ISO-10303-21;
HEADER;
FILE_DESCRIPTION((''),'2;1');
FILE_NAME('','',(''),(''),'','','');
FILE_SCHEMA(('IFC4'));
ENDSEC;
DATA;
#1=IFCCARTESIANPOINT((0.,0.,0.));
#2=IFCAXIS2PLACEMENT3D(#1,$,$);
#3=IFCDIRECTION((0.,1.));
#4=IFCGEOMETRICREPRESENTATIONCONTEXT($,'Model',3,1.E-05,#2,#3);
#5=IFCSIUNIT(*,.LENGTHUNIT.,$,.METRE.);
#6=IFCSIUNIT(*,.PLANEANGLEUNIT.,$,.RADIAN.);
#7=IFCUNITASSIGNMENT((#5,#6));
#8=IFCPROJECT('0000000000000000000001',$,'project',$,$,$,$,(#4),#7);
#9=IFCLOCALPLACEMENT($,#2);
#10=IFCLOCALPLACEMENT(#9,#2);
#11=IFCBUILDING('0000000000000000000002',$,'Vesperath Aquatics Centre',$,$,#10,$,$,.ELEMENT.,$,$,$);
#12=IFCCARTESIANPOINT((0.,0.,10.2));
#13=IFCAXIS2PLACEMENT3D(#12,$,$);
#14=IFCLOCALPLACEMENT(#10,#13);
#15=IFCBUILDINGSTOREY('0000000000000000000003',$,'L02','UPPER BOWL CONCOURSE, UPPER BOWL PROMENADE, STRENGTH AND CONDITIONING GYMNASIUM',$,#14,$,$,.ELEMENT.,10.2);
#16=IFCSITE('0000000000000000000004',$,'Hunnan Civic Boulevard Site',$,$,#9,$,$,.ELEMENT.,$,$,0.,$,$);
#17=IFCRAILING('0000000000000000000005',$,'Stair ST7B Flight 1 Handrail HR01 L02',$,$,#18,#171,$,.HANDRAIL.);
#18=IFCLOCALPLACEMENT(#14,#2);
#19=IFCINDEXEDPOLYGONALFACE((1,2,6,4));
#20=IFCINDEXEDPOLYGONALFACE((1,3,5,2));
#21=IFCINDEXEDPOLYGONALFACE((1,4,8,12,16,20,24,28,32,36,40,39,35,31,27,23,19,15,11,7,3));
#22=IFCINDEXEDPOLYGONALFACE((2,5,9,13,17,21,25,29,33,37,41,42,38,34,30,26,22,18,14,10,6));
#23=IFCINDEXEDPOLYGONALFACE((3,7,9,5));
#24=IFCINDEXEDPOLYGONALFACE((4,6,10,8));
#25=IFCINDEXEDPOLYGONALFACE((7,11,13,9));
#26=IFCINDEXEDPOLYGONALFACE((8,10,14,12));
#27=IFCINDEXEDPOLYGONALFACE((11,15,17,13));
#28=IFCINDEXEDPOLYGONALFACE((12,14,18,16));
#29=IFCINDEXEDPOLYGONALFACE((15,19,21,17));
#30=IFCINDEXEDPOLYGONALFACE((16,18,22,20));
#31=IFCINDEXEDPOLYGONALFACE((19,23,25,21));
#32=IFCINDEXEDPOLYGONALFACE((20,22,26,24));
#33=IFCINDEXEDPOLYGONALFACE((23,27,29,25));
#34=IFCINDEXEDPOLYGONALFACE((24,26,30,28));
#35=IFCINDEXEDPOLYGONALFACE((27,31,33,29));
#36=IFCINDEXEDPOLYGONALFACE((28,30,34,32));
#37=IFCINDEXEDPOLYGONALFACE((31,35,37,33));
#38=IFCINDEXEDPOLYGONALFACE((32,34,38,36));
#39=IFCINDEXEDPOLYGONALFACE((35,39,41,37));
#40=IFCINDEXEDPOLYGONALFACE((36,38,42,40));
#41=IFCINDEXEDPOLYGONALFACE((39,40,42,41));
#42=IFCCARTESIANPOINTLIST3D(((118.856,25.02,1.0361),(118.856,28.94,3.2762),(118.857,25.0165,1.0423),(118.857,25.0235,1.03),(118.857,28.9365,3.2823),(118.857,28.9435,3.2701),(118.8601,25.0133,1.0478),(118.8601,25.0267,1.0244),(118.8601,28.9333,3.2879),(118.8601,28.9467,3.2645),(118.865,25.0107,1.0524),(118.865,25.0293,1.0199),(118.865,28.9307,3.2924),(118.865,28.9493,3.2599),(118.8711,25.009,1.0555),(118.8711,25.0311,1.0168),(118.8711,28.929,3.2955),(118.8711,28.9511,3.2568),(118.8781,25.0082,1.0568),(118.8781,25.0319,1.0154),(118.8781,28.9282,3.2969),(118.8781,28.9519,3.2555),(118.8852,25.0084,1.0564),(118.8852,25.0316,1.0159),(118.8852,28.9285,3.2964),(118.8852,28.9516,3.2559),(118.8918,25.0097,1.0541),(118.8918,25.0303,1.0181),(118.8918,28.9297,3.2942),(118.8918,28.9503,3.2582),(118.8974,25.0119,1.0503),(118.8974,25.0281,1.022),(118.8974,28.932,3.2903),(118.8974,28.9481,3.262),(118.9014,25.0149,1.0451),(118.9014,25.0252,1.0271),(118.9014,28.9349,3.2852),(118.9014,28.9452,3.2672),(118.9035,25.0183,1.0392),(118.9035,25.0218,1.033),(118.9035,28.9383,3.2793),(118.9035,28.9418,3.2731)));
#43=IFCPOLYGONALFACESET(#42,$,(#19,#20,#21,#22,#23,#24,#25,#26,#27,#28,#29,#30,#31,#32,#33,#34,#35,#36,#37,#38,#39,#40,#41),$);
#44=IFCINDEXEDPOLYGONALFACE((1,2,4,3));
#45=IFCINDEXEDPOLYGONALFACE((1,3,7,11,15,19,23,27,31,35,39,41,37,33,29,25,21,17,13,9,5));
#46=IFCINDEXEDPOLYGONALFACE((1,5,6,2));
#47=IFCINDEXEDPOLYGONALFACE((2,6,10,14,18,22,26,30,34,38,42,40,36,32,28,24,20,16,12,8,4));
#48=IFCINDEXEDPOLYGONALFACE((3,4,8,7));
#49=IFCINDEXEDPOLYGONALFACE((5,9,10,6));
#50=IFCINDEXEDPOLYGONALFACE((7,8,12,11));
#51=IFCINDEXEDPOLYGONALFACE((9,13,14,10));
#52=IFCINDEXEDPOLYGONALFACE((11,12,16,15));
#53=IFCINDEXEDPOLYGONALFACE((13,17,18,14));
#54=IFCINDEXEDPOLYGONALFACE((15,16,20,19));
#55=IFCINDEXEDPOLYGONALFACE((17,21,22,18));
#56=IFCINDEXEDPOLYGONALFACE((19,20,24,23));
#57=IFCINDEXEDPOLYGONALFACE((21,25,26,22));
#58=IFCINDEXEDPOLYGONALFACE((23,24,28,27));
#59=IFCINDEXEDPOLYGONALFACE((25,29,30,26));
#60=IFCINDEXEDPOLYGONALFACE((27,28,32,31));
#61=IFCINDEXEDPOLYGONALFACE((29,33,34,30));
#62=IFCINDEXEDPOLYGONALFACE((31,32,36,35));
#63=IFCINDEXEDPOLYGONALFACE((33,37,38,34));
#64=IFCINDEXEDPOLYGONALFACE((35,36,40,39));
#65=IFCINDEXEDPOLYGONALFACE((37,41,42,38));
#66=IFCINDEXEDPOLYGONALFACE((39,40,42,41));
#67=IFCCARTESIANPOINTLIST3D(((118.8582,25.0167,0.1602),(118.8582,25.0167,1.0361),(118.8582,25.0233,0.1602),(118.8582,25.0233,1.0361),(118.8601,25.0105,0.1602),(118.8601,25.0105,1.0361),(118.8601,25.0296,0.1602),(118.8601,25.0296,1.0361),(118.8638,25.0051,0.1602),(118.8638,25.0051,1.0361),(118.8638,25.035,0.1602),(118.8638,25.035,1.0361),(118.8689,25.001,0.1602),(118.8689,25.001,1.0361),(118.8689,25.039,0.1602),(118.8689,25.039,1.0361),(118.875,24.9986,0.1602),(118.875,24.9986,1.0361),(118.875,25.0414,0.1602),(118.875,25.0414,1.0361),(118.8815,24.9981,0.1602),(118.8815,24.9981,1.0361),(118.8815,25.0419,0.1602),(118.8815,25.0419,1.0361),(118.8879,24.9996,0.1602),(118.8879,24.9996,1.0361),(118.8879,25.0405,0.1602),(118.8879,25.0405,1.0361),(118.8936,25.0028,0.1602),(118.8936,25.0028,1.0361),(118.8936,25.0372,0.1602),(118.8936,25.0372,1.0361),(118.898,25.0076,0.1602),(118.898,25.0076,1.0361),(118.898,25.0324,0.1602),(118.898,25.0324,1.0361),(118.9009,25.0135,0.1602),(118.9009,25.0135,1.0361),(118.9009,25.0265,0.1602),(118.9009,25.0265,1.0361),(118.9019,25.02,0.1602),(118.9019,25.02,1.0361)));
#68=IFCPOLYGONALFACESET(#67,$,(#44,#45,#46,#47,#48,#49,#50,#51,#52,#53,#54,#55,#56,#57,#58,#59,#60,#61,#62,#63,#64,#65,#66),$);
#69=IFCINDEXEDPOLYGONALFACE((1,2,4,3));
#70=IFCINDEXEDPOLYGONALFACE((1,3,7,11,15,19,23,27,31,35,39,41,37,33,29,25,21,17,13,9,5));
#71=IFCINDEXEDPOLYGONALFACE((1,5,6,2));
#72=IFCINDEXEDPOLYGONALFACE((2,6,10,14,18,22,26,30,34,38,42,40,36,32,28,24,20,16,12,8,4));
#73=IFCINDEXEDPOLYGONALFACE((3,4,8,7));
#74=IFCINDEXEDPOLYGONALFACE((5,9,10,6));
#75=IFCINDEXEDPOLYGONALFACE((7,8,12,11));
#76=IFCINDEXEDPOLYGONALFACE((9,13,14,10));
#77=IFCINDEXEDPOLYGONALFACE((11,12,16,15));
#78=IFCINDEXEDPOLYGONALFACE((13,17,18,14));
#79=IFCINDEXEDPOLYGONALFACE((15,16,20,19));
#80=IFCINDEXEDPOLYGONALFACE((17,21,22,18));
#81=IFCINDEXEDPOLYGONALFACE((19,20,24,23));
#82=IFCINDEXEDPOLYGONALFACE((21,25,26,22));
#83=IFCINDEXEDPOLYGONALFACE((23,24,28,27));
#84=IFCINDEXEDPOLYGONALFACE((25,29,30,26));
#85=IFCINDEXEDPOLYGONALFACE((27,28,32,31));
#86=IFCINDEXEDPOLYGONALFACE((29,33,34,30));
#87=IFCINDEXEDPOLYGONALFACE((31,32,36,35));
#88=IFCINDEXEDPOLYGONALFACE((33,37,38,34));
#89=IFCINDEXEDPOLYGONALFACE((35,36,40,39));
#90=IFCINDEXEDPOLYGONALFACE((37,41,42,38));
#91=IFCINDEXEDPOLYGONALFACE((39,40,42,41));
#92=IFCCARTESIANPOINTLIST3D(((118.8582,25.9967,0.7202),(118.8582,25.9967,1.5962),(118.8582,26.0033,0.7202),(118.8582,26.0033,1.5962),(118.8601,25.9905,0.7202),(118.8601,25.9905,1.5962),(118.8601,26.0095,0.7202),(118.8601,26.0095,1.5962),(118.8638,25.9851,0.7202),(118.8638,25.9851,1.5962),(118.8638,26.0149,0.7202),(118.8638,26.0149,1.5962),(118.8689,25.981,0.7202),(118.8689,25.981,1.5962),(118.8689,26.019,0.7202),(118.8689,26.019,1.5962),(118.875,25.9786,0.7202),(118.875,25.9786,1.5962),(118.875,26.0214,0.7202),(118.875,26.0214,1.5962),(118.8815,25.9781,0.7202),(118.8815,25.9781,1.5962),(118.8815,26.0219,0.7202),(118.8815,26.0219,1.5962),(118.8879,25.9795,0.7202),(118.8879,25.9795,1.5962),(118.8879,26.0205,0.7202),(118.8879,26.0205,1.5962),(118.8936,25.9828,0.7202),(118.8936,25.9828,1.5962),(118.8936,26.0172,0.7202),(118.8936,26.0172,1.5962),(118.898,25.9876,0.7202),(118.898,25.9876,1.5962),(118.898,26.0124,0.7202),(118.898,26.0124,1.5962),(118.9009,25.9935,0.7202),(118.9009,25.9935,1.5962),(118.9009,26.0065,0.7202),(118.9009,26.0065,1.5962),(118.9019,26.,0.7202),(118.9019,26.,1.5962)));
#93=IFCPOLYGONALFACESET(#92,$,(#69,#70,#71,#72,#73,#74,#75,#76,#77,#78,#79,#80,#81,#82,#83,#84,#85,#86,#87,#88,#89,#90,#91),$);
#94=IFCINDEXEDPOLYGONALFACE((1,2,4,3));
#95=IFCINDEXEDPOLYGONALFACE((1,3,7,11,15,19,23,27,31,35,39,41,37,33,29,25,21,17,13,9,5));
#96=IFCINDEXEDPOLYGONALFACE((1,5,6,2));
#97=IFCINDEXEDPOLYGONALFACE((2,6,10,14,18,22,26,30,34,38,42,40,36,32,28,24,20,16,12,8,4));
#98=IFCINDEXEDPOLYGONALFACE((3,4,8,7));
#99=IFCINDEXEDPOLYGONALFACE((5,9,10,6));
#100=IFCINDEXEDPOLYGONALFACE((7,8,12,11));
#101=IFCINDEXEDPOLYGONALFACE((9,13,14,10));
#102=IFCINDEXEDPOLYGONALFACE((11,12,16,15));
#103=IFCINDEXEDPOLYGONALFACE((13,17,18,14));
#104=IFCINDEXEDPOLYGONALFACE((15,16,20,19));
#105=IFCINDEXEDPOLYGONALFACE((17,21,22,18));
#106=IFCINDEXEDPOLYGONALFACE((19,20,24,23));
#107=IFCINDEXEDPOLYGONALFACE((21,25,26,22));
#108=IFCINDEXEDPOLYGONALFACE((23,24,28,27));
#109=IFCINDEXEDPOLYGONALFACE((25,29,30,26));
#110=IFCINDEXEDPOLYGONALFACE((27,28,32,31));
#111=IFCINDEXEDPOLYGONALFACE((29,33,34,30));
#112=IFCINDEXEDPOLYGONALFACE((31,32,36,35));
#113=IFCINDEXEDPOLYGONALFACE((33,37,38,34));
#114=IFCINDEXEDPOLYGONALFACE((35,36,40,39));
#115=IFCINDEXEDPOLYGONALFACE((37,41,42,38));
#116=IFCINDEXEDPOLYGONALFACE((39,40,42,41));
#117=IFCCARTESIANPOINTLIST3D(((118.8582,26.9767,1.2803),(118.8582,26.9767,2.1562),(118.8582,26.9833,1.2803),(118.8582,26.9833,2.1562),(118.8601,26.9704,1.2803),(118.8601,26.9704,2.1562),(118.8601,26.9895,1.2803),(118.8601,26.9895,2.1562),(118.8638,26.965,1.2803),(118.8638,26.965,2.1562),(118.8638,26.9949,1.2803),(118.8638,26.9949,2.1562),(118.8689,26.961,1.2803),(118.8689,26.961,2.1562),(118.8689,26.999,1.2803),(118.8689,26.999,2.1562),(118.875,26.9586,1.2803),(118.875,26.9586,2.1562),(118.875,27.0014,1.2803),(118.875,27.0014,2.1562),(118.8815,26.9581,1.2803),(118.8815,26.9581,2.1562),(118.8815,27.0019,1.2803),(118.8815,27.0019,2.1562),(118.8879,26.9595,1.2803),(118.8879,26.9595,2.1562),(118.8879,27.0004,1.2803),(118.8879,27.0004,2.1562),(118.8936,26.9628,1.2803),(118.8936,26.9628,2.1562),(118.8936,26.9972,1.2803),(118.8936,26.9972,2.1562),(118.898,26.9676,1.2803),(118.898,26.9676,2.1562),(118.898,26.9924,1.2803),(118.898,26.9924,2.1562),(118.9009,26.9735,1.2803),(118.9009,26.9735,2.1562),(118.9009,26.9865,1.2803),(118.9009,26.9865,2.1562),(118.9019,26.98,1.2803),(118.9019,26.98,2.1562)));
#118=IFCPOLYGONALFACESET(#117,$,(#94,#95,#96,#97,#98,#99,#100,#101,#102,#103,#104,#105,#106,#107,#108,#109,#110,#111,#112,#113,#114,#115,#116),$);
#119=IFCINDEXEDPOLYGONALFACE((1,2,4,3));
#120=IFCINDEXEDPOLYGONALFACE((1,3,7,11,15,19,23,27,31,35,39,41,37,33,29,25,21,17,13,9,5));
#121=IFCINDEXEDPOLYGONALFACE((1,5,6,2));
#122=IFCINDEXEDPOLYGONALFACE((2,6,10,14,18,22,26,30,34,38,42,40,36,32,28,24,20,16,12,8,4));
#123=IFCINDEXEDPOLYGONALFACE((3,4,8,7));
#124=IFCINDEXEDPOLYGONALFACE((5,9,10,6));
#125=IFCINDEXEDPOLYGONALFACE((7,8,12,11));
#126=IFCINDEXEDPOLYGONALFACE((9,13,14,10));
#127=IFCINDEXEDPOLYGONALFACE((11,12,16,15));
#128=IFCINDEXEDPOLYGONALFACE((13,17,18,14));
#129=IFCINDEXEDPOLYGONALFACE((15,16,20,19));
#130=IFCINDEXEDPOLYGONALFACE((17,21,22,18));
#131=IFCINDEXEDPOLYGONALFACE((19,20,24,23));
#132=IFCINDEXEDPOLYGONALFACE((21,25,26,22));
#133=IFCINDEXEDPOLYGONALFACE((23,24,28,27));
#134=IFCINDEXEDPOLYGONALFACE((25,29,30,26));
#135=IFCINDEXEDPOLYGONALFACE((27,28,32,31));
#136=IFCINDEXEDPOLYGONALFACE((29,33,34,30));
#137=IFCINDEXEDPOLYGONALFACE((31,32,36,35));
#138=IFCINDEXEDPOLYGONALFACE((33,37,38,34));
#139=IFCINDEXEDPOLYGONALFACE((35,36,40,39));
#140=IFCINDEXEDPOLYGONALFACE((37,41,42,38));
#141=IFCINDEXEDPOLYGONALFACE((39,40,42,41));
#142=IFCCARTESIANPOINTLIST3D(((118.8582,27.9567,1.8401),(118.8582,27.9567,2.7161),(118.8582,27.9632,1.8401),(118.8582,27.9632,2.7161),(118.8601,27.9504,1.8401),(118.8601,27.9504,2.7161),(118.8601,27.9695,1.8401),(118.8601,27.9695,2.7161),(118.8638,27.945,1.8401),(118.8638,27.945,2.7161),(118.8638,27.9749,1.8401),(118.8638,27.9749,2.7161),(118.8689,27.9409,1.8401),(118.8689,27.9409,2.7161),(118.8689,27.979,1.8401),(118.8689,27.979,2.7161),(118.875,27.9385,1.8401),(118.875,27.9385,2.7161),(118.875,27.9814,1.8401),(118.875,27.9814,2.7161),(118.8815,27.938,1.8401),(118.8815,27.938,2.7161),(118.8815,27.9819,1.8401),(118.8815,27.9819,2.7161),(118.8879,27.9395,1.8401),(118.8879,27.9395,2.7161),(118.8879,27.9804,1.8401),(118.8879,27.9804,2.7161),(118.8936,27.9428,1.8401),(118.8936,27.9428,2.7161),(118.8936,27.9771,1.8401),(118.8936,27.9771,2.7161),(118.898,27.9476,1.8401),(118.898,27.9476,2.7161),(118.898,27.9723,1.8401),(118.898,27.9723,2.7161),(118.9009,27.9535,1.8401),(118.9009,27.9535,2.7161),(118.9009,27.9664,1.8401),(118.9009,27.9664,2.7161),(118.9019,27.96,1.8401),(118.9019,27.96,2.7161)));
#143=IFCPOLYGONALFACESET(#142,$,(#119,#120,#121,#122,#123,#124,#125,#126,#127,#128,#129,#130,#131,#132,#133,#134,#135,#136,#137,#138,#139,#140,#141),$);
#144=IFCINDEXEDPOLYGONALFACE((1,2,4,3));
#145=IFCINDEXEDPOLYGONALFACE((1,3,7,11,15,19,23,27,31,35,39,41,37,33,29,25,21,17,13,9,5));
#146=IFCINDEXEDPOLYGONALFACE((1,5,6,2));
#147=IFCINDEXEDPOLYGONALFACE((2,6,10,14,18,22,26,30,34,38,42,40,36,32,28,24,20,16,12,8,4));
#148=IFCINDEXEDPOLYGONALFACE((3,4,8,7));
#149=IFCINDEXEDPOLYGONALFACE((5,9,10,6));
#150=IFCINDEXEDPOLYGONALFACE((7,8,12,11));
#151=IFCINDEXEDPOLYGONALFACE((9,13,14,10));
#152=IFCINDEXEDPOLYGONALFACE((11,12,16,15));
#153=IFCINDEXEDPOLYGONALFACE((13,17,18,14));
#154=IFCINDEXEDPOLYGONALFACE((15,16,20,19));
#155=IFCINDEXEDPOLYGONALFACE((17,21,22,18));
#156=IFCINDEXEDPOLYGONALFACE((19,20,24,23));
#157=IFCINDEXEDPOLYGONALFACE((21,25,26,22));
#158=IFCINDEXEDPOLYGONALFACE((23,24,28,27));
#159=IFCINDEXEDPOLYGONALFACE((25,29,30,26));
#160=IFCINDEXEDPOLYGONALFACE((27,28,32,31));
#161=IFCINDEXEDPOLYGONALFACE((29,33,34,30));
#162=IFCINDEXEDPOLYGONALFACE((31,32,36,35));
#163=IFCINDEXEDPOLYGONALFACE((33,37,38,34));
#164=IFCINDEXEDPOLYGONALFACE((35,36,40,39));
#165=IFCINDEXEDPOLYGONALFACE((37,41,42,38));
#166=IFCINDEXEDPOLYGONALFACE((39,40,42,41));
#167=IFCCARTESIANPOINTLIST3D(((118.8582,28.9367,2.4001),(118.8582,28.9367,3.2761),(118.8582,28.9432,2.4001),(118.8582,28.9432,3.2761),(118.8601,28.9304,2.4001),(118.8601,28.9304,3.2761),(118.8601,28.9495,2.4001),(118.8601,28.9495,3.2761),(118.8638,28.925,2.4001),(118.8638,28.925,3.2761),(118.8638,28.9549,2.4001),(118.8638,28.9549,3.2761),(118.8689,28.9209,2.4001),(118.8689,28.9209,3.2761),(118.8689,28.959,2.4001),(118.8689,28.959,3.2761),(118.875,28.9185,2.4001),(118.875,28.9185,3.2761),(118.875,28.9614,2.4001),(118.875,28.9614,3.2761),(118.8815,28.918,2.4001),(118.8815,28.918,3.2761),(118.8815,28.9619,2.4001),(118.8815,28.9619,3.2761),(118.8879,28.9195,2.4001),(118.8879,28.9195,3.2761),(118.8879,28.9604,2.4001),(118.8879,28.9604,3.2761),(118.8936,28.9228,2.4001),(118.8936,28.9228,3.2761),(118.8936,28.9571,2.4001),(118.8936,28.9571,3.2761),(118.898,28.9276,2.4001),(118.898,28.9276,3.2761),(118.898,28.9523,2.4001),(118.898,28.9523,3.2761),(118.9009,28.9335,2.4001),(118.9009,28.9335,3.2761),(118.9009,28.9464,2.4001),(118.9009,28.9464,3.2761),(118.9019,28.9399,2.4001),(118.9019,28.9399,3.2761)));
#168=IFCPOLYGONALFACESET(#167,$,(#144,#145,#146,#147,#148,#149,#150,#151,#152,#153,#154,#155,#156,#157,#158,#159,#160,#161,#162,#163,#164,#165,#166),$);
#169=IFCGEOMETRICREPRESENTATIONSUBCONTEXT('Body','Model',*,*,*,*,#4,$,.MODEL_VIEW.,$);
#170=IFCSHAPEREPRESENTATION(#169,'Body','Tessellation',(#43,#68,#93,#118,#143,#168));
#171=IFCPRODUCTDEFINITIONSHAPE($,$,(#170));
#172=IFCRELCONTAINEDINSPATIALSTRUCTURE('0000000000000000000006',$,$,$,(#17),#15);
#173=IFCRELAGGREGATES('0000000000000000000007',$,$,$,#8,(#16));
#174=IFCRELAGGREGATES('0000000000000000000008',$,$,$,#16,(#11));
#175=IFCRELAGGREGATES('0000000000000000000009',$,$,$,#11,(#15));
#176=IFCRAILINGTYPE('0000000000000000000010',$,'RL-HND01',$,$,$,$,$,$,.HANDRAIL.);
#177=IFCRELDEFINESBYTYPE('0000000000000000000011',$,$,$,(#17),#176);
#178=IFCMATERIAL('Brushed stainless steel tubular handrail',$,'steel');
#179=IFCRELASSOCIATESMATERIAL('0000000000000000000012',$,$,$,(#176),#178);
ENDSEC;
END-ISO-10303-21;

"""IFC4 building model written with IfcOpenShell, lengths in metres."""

from ifc_helpers import new_model, si_unit, direction, frame, origin, origin_2d, place, context, subcontext, project, spatial, circle, extrude, material, type_object, element, save


model = new_model("IFC4")

# Units and contexts
model_context = context("Model", 3, precision=1e-05, world=origin(), true_north=direction((0.0, 1.0)))
body_context = subcontext(model_context, "Body", "Model", "MODEL_VIEW")
ifc_project = project(units=[si_unit("LENGTHUNIT", "METRE"), si_unit("PLANEANGLEUNIT", "RADIAN")], contexts=[model_context])

# Site, building, storey
site_placement = place(None, origin())
site = spatial("IfcSite", under=ifc_project, at=site_placement, Name="Hunnan Civic Boulevard Site", CompositionType="ELEMENT", RefElevation=0.0)
building_placement = place(site_placement, origin())
building = spatial("IfcBuilding", under=site, at=building_placement, Name="Vesperath Aquatics Centre", CompositionType="ELEMENT")
storey_placement = place(building_placement, frame((0.0, 0.0, 10.2)))
storey = spatial("IfcBuildingStorey", under=building, at=storey_placement, Name="L02", Description="UPPER BOWL CONCOURSE, UPPER BOWL PROMENADE, STRENGTH AND CONDITIONING GYMNASIUM", CompositionType="ELEMENT", Elevation=10.2)

# Railing
ifc_material_1 = material(Name="Brushed stainless steel tubular handrail", Category="steel")
railing_type_1 = type_object("IfcRailingType", Name="RL-HND01", PredefinedType="HANDRAIL", material=ifc_material_1)
railing_1_placement = place(storey_placement, frame((118.8799, 25.02, 0.1602)))
element("IfcRailing", 1, at=railing_1_placement, inside=storey, type_object=railing_type_1, Name="Stair ST7B Flight 1 Handrail HR01 L02", PredefinedType="HANDRAIL", context=body_context, shape_type="SweptSolid", body=[
    extrude(circle(Radius=0.0239, at=origin_2d()), frame((0.0, 0.0, 0.876), z_axis=(0.0, 0.86824, 0.496145), x_axis=(-1.0, 0.0, 0.0)), (0.0, 0.0, 1.0), 4.5149),
    extrude(circle(Radius=0.022, at=origin_2d()), origin(), (0.0, 0.0, 1.0), 0.876),
    extrude(circle(Radius=0.022, at=origin_2d()), frame((0.0, 0.98, 0.5601)), (0.0, 0.0, 1.0), 0.876),
    extrude(circle(Radius=0.022, at=origin_2d()), frame((0.0, 1.96, 1.1201)), (0.0, 0.0, 1.0), 0.876),
    extrude(circle(Radius=0.022, at=origin_2d()), frame((0.0, 2.9399, 1.6799)), (0.0, 0.0, 1.0), 0.876),
    extrude(circle(Radius=0.022, at=origin_2d()), frame((0.0, 3.9199, 2.24)), (0.0, 0.0, 1.0), 0.876),
])

save(model, "model.ifc")
